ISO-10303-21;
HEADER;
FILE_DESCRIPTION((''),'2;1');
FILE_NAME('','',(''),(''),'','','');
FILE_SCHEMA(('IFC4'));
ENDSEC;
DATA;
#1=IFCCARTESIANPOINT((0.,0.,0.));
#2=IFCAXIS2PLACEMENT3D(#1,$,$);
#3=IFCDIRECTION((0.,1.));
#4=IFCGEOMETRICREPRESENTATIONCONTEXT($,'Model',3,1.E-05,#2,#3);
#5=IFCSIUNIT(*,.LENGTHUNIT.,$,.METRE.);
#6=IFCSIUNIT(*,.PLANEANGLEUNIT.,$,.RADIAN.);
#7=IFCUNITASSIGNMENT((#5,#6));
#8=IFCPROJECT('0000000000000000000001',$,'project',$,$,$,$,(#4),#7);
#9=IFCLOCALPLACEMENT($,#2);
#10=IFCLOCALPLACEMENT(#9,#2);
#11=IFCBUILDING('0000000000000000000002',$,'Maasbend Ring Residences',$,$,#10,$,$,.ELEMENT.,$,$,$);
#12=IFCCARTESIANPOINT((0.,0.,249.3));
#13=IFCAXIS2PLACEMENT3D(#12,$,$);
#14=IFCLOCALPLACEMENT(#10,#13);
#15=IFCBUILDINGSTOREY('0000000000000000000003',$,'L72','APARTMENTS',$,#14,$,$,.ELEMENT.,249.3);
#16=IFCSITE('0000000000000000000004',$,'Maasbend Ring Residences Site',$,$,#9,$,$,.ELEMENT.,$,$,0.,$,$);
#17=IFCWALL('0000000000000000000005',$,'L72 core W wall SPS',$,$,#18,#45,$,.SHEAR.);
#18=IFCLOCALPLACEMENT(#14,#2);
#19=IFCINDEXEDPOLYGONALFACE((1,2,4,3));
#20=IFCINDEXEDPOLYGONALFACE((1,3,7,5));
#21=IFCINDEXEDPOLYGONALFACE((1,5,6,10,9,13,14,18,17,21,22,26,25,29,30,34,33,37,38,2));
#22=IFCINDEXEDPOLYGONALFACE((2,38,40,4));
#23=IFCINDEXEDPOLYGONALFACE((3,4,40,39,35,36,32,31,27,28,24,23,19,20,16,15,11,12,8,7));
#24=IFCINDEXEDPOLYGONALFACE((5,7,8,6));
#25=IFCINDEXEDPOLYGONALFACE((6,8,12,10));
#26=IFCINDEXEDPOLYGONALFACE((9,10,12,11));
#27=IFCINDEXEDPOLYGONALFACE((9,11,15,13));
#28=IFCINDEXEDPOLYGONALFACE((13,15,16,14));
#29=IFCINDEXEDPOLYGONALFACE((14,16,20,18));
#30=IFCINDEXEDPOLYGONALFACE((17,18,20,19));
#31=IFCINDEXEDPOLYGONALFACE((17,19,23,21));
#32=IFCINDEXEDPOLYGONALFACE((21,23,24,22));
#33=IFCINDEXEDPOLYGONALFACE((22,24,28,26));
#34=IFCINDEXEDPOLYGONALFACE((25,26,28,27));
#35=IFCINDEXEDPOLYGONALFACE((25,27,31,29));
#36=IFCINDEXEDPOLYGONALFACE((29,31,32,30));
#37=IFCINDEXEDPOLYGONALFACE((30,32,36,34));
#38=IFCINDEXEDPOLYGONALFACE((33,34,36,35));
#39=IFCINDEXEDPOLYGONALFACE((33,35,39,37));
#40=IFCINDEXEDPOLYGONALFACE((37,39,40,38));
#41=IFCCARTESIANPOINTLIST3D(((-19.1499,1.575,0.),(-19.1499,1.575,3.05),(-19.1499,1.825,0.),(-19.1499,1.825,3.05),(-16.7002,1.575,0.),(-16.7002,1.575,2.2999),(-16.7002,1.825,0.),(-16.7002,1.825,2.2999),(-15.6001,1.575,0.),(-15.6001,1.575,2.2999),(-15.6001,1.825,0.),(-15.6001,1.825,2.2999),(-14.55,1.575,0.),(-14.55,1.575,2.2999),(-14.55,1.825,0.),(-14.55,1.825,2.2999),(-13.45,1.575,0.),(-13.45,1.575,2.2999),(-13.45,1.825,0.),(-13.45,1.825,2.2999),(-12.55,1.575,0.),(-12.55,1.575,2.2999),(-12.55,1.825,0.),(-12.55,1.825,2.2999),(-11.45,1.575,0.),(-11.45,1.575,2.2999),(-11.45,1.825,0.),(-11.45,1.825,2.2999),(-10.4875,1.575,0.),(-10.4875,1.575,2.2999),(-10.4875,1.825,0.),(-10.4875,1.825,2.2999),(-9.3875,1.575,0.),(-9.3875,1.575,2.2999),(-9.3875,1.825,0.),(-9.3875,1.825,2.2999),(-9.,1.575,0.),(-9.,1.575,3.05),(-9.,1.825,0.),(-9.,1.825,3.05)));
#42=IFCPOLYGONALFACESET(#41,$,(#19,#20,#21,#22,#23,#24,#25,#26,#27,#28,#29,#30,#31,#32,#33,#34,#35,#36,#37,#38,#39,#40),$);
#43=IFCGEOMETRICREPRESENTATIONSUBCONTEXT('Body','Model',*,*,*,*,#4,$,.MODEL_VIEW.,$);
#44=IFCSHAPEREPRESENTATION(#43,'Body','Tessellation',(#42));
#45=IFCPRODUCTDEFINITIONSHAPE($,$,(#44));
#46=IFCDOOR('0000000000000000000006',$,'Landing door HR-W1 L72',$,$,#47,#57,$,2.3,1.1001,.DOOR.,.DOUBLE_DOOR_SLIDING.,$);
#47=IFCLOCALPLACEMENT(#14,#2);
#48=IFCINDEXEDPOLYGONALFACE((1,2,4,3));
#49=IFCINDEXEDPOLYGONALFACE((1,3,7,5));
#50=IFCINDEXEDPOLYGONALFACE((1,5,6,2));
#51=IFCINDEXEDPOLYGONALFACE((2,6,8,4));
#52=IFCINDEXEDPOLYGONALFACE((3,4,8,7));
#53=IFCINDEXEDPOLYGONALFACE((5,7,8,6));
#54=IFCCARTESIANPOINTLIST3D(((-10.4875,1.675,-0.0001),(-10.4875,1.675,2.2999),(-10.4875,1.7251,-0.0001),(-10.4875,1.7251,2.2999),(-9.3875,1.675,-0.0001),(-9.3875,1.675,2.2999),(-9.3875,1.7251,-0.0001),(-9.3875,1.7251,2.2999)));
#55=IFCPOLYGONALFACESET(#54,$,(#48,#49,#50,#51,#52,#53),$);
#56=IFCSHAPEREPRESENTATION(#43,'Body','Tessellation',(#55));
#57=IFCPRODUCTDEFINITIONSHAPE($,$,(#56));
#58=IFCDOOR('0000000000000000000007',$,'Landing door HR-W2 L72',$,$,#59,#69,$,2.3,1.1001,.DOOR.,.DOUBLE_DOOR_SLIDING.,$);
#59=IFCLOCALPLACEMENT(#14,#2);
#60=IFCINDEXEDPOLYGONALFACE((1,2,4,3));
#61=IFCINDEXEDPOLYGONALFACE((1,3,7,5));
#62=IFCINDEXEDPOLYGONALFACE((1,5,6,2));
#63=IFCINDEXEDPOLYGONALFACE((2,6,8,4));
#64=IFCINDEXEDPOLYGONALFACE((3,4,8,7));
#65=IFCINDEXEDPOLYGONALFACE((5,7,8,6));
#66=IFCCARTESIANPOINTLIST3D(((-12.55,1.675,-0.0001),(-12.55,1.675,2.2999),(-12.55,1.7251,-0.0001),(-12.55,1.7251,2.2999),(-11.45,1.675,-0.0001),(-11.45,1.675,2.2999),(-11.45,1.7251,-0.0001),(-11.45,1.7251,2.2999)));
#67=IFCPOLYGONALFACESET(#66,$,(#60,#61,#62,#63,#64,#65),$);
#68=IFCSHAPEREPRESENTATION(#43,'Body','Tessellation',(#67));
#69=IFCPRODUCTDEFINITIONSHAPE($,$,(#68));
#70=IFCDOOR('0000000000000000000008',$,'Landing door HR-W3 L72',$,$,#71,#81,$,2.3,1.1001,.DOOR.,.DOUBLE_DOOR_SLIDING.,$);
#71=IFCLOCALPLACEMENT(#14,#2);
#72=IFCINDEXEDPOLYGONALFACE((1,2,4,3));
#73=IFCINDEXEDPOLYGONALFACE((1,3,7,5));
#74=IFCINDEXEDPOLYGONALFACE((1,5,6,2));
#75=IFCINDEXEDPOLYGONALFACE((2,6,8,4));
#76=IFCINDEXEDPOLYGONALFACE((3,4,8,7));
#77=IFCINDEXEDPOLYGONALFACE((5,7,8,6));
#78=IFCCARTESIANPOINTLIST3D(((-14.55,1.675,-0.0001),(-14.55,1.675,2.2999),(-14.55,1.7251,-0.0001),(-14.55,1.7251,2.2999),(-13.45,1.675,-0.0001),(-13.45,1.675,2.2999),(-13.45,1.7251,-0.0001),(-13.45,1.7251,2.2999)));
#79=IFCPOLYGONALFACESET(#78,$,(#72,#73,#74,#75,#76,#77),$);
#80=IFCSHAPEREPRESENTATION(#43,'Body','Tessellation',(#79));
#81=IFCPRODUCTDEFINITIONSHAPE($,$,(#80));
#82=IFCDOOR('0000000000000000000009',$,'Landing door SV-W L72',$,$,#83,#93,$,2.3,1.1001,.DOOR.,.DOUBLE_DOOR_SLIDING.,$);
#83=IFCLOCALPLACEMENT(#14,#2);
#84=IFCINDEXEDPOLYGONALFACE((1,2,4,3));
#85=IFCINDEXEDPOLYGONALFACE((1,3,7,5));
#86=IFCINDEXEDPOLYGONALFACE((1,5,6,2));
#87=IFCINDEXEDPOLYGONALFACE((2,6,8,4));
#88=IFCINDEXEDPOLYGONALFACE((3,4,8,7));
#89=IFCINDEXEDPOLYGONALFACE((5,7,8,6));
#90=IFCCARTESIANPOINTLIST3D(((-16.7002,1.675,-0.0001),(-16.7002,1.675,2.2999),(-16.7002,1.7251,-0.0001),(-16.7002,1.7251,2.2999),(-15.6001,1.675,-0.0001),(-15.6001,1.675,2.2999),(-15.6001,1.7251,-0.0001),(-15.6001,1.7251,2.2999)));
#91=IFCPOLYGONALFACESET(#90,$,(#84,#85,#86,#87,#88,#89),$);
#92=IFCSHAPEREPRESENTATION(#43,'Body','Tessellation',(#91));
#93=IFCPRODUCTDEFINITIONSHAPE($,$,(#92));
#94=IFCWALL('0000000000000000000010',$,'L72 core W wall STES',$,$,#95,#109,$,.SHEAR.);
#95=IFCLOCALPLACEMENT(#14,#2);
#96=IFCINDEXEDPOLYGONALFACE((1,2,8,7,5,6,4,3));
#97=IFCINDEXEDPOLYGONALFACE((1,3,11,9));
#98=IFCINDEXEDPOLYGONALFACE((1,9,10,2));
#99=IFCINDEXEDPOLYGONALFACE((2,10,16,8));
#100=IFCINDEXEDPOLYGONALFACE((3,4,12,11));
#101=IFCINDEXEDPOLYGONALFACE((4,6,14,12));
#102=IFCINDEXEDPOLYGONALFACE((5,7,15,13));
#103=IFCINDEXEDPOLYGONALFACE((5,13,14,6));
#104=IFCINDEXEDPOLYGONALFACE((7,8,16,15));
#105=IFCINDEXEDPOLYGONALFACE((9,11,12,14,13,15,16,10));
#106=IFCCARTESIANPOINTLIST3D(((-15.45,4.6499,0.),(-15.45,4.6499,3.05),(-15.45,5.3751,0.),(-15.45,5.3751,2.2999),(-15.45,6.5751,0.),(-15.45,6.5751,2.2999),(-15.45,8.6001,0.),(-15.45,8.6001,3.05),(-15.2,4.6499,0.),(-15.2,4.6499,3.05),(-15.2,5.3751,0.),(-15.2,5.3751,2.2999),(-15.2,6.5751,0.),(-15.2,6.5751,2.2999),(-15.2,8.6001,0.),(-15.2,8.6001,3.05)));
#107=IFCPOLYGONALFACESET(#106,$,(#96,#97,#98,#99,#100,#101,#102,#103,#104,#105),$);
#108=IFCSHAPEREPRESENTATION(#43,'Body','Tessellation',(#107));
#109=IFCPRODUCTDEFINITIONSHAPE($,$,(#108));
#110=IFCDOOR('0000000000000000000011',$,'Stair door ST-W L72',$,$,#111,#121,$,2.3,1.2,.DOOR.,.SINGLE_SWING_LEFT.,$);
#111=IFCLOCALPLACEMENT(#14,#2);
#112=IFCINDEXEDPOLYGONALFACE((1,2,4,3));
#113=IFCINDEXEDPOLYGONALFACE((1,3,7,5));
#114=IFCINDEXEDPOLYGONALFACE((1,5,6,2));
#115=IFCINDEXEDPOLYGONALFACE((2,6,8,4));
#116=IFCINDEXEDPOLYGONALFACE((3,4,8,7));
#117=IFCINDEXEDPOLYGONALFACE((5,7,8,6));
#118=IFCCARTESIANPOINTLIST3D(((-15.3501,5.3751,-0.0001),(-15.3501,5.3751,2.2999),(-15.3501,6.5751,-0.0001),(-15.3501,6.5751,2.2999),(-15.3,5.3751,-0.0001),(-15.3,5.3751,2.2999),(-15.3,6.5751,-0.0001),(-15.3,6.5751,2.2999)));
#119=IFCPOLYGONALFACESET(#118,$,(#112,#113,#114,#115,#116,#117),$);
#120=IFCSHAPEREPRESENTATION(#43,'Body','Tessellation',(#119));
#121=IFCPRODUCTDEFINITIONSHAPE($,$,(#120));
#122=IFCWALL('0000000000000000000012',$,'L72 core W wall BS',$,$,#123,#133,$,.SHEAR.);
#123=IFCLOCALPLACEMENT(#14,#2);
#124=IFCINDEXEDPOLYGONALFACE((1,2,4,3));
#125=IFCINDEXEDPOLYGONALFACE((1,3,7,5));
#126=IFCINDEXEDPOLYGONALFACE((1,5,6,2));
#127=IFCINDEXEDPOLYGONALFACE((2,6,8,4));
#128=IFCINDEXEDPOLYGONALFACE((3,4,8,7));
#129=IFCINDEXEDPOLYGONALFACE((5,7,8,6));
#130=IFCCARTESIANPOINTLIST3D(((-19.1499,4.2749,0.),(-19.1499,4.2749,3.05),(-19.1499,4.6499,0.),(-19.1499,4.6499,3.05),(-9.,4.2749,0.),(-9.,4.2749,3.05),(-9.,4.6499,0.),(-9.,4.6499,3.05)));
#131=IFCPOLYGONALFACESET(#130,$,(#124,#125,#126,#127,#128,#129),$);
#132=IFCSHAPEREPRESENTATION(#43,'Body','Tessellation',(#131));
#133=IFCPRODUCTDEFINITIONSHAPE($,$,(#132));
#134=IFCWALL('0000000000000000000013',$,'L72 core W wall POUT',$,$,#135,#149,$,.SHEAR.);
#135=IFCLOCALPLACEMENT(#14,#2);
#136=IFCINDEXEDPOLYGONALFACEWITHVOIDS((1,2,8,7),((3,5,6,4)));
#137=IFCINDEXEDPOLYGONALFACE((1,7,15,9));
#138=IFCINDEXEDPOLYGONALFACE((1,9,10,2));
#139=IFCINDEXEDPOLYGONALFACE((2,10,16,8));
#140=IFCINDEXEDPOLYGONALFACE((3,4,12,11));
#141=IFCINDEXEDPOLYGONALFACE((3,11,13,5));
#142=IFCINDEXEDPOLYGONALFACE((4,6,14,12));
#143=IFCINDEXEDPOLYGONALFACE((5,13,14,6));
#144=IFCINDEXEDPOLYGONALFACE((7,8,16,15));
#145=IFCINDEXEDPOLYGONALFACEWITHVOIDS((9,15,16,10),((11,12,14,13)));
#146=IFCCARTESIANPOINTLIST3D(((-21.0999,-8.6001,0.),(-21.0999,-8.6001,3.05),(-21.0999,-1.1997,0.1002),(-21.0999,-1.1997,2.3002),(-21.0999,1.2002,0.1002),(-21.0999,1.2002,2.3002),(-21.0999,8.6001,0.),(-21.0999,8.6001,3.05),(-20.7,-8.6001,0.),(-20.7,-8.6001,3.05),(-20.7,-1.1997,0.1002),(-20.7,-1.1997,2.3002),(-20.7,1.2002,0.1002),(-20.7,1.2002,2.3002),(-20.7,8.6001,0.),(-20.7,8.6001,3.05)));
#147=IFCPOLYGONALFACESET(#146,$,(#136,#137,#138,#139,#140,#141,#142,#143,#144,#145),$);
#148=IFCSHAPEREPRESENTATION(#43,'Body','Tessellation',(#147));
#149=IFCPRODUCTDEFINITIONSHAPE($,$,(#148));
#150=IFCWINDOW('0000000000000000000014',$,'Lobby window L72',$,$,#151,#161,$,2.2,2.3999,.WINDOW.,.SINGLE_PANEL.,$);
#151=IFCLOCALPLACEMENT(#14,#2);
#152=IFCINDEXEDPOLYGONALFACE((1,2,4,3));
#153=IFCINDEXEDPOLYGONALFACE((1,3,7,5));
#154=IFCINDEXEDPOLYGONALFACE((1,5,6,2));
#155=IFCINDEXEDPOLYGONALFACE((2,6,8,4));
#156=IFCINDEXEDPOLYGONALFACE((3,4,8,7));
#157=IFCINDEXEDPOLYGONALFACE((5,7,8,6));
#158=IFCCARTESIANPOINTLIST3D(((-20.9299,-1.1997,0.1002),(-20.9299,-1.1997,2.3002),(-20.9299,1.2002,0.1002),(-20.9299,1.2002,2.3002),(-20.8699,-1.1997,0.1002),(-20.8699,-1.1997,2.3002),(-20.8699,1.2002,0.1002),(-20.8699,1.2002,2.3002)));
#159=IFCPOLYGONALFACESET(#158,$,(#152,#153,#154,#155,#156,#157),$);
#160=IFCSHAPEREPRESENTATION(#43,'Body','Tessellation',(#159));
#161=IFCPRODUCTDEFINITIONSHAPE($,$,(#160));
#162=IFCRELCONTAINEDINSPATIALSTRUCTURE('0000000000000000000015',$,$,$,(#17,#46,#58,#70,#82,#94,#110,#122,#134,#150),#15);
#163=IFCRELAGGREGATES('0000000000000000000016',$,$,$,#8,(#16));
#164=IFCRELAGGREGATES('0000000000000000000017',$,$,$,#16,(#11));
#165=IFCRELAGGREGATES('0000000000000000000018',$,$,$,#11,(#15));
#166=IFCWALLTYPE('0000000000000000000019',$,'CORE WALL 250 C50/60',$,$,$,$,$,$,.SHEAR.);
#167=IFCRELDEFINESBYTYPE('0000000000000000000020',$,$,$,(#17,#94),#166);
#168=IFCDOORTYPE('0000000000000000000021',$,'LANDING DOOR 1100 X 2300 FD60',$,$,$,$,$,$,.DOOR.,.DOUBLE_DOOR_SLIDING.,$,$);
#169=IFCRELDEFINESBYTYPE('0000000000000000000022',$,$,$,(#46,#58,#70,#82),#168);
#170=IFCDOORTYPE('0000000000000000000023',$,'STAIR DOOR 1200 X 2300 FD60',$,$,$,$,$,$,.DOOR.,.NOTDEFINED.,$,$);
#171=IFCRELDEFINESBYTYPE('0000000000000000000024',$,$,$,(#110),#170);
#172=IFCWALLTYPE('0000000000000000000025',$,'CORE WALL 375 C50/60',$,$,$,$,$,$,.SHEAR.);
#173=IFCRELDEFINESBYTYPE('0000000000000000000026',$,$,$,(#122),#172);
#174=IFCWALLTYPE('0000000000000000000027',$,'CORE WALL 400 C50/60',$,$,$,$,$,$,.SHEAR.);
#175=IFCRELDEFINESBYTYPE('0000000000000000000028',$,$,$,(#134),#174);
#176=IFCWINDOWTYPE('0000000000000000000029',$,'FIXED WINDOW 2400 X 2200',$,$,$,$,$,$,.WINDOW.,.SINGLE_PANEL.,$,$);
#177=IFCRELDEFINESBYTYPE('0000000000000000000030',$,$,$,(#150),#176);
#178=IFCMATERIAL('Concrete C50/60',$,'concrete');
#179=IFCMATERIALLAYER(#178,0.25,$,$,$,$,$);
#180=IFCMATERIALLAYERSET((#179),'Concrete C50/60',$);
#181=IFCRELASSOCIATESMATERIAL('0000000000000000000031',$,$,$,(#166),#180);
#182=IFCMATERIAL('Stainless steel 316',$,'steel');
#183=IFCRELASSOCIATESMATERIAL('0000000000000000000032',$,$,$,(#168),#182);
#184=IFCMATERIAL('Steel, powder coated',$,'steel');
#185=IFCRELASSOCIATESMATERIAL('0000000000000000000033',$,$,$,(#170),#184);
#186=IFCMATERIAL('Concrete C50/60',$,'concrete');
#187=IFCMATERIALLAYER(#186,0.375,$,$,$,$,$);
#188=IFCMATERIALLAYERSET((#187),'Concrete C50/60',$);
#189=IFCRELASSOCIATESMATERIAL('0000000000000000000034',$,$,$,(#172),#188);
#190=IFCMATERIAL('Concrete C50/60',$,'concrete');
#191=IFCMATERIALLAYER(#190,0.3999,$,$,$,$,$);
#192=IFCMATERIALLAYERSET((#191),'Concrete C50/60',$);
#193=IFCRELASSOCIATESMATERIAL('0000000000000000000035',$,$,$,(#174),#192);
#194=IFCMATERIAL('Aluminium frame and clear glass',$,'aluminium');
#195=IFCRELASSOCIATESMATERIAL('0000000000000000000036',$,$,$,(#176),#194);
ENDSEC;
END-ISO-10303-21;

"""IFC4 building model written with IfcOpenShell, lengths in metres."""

from ifc_helpers import new_model, si_unit, direction, frame, frame_2d, origin, place, context, subcontext, project, spatial, rectangle, extrude, material, layer, layer_set, type_object, element, fill, save


model = new_model("IFC4")

# Units and contexts
model_context = context("Model", 3, precision=1e-05, world=origin(), true_north=direction((0.0, 1.0)))
body_context = subcontext(model_context, "Body", "Model", "MODEL_VIEW")
ifc_project = project(units=[si_unit("LENGTHUNIT", "METRE"), si_unit("PLANEANGLEUNIT", "RADIAN")], contexts=[model_context])

# Site, building, storey
site_placement = place(None, origin())
site = spatial("IfcSite", under=ifc_project, at=site_placement, Name="Maasbend Ring Residences Site", CompositionType="ELEMENT", RefElevation=0.0)
building_placement = place(site_placement, origin())
building = spatial("IfcBuilding", under=site, at=building_placement, Name="Maasbend Ring Residences", CompositionType="ELEMENT")
storey_placement = place(building_placement, frame((0.0, 0.0, 249.3)))
storey = spatial("IfcBuildingStorey", under=building, at=storey_placement, Name="L72", Description="APARTMENTS", CompositionType="ELEMENT", Elevation=249.3)

# Wall, openings, doors
ifc_material_1 = material(Name="Concrete C50/60", Category="concrete")
ifc_layer_1 = layer(ifc_material_1, 0.25)
ifc_layer_set_1 = layer_set([ifc_layer_1], Name="Concrete C50/60")
wall_type_1 = type_object("IfcWallType", Name="CORE WALL 250 C50/60", PredefinedType="SHEAR", material=ifc_layer_set_1)
wall_1_placement = place(storey_placement, frame((-9.0, 1.7, 0.0), z_axis=(0.0, 0.0, 1.0), x_axis=(-1.0, 0.0, 0.0)))
wall_1 = element("IfcWall", 1, at=wall_1_placement, inside=storey, type_object=wall_type_1, Name="L72 core W wall SPS", PredefinedType="SHEAR", context=body_context, shape_type="SweptSolid", body=[
    extrude(rectangle(XDim=10.1499, YDim=0.25, at=frame_2d((5.075, 0.0))), origin(), (0.0, 0.0, 1.0), 3.05),
])
opening_1_placement = place(wall_1_placement, frame((0.3875, 0.0, 0.0)))
opening_1 = element("IfcOpeningElement", 2, at=opening_1_placement, cuts=wall_1, PredefinedType="OPENING", context=body_context, shape_type="SweptSolid", body=[
    extrude(rectangle(XDim=1.1001, YDim=2.3, at=frame_2d((0.55, 1.1499))), frame((0.0, 0.135, 0.0), z_axis=(0.0, -1.0, 0.0), x_axis=(1.0, 0.0, 0.0)), (0.0, 0.0, 1.0), 0.27),
])
opening_2_placement = place(wall_1_placement, frame((2.45, 0.0, 0.0)))
opening_2 = element("IfcOpeningElement", 3, at=opening_2_placement, cuts=wall_1, PredefinedType="OPENING", context=body_context, shape_type="SweptSolid", body=[
    extrude(rectangle(XDim=1.1001, YDim=2.3, at=frame_2d((0.55, 1.1499))), frame((0.0, 0.135, 0.0), z_axis=(0.0, -1.0, 0.0), x_axis=(1.0, 0.0, 0.0)), (0.0, 0.0, 1.0), 0.27),
])
opening_3_placement = place(wall_1_placement, frame((4.45, 0.0, 0.0)))
opening_3 = element("IfcOpeningElement", 4, at=opening_3_placement, cuts=wall_1, PredefinedType="OPENING", context=body_context, shape_type="SweptSolid", body=[
    extrude(rectangle(XDim=1.1001, YDim=2.3, at=frame_2d((0.55, 1.1499))), frame((0.0, 0.135, 0.0), z_axis=(0.0, -1.0, 0.0), x_axis=(1.0, 0.0, 0.0)), (0.0, 0.0, 1.0), 0.27),
])
opening_4_placement = place(wall_1_placement, frame((6.6001, 0.0, 0.0)))
opening_4 = element("IfcOpeningElement", 5, at=opening_4_placement, cuts=wall_1, PredefinedType="OPENING", context=body_context, shape_type="SweptSolid", body=[
    extrude(rectangle(XDim=1.1001, YDim=2.3, at=frame_2d((0.55, 1.1499))), frame((0.0, 0.135, 0.0), z_axis=(0.0, -1.0, 0.0), x_axis=(1.0, 0.0, 0.0)), (0.0, 0.0, 1.0), 0.27),
])
ifc_material_2 = material(Name="Stainless steel 316", Category="steel")
door_type_1 = type_object("IfcDoorType", Name="LANDING DOOR 1100 X 2300 FD60", OperationType="DOUBLE_DOOR_SLIDING", PredefinedType="DOOR", material=ifc_material_2)
door_1_placement = place(opening_1_placement, origin())
door_1 = element("IfcDoor", 6, at=door_1_placement, inside=storey, type_object=door_type_1, Name="Landing door HR-W1 L72", OperationType="DOUBLE_DOOR_SLIDING", OverallHeight=2.3, OverallWidth=1.1001, PredefinedType="DOOR", context=body_context, shape_type="SweptSolid", body=[
    extrude(rectangle(XDim=1.1001, YDim=2.3, at=frame_2d((0.55, 1.1499))), frame((0.0, 0.0249, 0.0), z_axis=(0.0, -1.0, 0.0), x_axis=(1.0, 0.0, 0.0)), (0.0, 0.0, 1.0), 0.05),
])
fill(opening_1, door_1)
door_2_placement = place(opening_2_placement, origin())
door_2 = element("IfcDoor", 7, at=door_2_placement, inside=storey, type_object=door_type_1, Name="Landing door HR-W2 L72", OperationType="DOUBLE_DOOR_SLIDING", OverallHeight=2.3, OverallWidth=1.1001, PredefinedType="DOOR", context=body_context, shape_type="SweptSolid", body=[
    extrude(rectangle(XDim=1.1001, YDim=2.3, at=frame_2d((0.55, 1.1499))), frame((0.0, 0.0249, 0.0), z_axis=(0.0, -1.0, 0.0), x_axis=(1.0, 0.0, 0.0)), (0.0, 0.0, 1.0), 0.05),
])
fill(opening_2, door_2)
door_3_placement = place(opening_3_placement, origin())
door_3 = element("IfcDoor", 8, at=door_3_placement, inside=storey, type_object=door_type_1, Name="Landing door HR-W3 L72", OperationType="DOUBLE_DOOR_SLIDING", OverallHeight=2.3, OverallWidth=1.1001, PredefinedType="DOOR", context=body_context, shape_type="SweptSolid", body=[
    extrude(rectangle(XDim=1.1001, YDim=2.3, at=frame_2d((0.55, 1.1499))), frame((0.0, 0.0249, 0.0), z_axis=(0.0, -1.0, 0.0), x_axis=(1.0, 0.0, 0.0)), (0.0, 0.0, 1.0), 0.05),
])
fill(opening_3, door_3)
door_4_placement = place(opening_4_placement, origin())
door_4 = element("IfcDoor", 9, at=door_4_placement, inside=storey, type_object=door_type_1, Name="Landing door SV-W L72", OperationType="DOUBLE_DOOR_SLIDING", OverallHeight=2.3, OverallWidth=1.1001, PredefinedType="DOOR", context=body_context, shape_type="SweptSolid", body=[
    extrude(rectangle(XDim=1.1001, YDim=2.3, at=frame_2d((0.55, 1.1499))), frame((0.0, 0.0249, 0.0), z_axis=(0.0, -1.0, 0.0), x_axis=(1.0, 0.0, 0.0)), (0.0, 0.0, 1.0), 0.05),
])
fill(opening_4, door_4)

# Wall, opening, door
wall_2_placement = place(storey_placement, frame((-15.325, 8.6001, 0.0), z_axis=(0.0, 0.0, 1.0), x_axis=(0.0, -1.0, 0.0)))
wall_2 = element("IfcWall", 10, at=wall_2_placement, inside=storey, type_object=wall_type_1, Name="L72 core W wall STES", PredefinedType="SHEAR", context=body_context, shape_type="SweptSolid", body=[
    extrude(rectangle(XDim=3.9502, YDim=0.25, at=frame_2d((1.9751, 0.0))), origin(), (0.0, 0.0, 1.0), 3.05),
])
opening_5_placement = place(wall_2_placement, frame((2.0249, 0.0, 0.0)))
opening_5 = element("IfcOpeningElement", 11, at=opening_5_placement, cuts=wall_2, PredefinedType="OPENING", context=body_context, shape_type="SweptSolid", body=[
    extrude(rectangle(XDim=1.2, YDim=2.3, at=frame_2d((0.6001, 1.1499))), frame((0.0, 0.135, 0.0), z_axis=(0.0, -1.0, 0.0), x_axis=(1.0, 0.0, 0.0)), (0.0, 0.0, 1.0), 0.27),
])
ifc_material_3 = material(Name="Steel, powder coated", Category="steel")
door_type_2 = type_object("IfcDoorType", Name="STAIR DOOR 1200 X 2300 FD60", OperationType="NOTDEFINED", PredefinedType="DOOR", material=ifc_material_3)
door_5_placement = place(opening_5_placement, origin())
door_5 = element("IfcDoor", 12, at=door_5_placement, inside=storey, type_object=door_type_2, Name="Stair door ST-W L72", OperationType="SINGLE_SWING_LEFT", OverallHeight=2.3, OverallWidth=1.2, PredefinedType="DOOR", context=body_context, shape_type="SweptSolid", body=[
    extrude(rectangle(XDim=1.2, YDim=2.3, at=frame_2d((0.6001, 1.1499))), frame((0.0, 0.0249, 0.0), z_axis=(0.0, -1.0, 0.0), x_axis=(1.0, 0.0, 0.0)), (0.0, 0.0, 1.0), 0.05),
])
fill(opening_5, door_5)

# Wall
ifc_material_4 = material(Name="Concrete C50/60", Category="concrete")
ifc_layer_2 = layer(ifc_material_4, 0.375)
ifc_layer_set_2 = layer_set([ifc_layer_2], Name="Concrete C50/60")
wall_type_2 = type_object("IfcWallType", Name="CORE WALL 375 C50/60", PredefinedType="SHEAR", material=ifc_layer_set_2)
wall_3_placement = place(storey_placement, frame((-9.0, 4.4624, 0.0), z_axis=(0.0, 0.0, 1.0), x_axis=(-1.0, 0.0, 0.0)))
element("IfcWall", 13, at=wall_3_placement, inside=storey, type_object=wall_type_2, Name="L72 core W wall BS", PredefinedType="SHEAR", context=body_context, shape_type="SweptSolid", body=[
    extrude(rectangle(XDim=10.1499, YDim=0.375, at=frame_2d((5.075, 0.0))), origin(), (0.0, 0.0, 1.0), 3.05),
])

# Wall, opening, window
ifc_material_5 = material(Name="Concrete C50/60", Category="concrete")
ifc_layer_3 = layer(ifc_material_5, 0.3999)
ifc_layer_set_3 = layer_set([ifc_layer_3], Name="Concrete C50/60")
wall_type_3 = type_object("IfcWallType", Name="CORE WALL 400 C50/60", PredefinedType="SHEAR", material=ifc_layer_set_3)
wall_4_placement = place(storey_placement, frame((-20.8999, 8.6001, 0.0), z_axis=(0.0, 0.0, 1.0), x_axis=(0.0, -1.0, 0.0)))
wall_4 = element("IfcWall", 14, at=wall_4_placement, inside=storey, type_object=wall_type_3, Name="L72 core W wall POUT", PredefinedType="SHEAR", context=body_context, shape_type="SweptSolid", body=[
    extrude(rectangle(XDim=17.2002, YDim=0.3999, at=frame_2d((8.6001, 0.0))), origin(), (0.0, 0.0, 1.0), 3.05),
])
opening_6_placement = place(wall_4_placement, frame((7.3999, 0.0, 0.1001)))
opening_6 = element("IfcOpeningElement", 15, at=opening_6_placement, cuts=wall_4, PredefinedType="OPENING", context=body_context, shape_type="SweptSolid", body=[
    extrude(rectangle(XDim=2.3999, YDim=2.2, at=frame_2d((1.2, 1.1001))), frame((0.0, 0.21, 0.0), z_axis=(0.0, -1.0, 0.0), x_axis=(1.0, 0.0, 0.0)), (0.0, 0.0, 1.0), 0.4199),
])
ifc_material_6 = material(Name="Aluminium frame and clear glass", Category="aluminium")
window_type = type_object("IfcWindowType", Name="FIXED WINDOW 2400 X 2200", PartitioningType="SINGLE_PANEL", PredefinedType="WINDOW", material=ifc_material_6)
window_1_placement = place(opening_6_placement, origin())
window_1 = element("IfcWindow", 16, at=window_1_placement, inside=storey, type_object=window_type, Name="Lobby window L72", OverallHeight=2.2, OverallWidth=2.3999, PartitioningType="SINGLE_PANEL", PredefinedType="WINDOW", context=body_context, shape_type="SweptSolid", body=[
    extrude(rectangle(XDim=2.3999, YDim=2.2, at=frame_2d((1.2, 1.1001))), frame((0.0, 0.03, 0.0), z_axis=(0.0, -1.0, 0.0), x_axis=(1.0, 0.0, 0.0)), (0.0, 0.0, 1.0), 0.0601),
])
fill(opening_6, window_1)

save(model, "model.ifc")
